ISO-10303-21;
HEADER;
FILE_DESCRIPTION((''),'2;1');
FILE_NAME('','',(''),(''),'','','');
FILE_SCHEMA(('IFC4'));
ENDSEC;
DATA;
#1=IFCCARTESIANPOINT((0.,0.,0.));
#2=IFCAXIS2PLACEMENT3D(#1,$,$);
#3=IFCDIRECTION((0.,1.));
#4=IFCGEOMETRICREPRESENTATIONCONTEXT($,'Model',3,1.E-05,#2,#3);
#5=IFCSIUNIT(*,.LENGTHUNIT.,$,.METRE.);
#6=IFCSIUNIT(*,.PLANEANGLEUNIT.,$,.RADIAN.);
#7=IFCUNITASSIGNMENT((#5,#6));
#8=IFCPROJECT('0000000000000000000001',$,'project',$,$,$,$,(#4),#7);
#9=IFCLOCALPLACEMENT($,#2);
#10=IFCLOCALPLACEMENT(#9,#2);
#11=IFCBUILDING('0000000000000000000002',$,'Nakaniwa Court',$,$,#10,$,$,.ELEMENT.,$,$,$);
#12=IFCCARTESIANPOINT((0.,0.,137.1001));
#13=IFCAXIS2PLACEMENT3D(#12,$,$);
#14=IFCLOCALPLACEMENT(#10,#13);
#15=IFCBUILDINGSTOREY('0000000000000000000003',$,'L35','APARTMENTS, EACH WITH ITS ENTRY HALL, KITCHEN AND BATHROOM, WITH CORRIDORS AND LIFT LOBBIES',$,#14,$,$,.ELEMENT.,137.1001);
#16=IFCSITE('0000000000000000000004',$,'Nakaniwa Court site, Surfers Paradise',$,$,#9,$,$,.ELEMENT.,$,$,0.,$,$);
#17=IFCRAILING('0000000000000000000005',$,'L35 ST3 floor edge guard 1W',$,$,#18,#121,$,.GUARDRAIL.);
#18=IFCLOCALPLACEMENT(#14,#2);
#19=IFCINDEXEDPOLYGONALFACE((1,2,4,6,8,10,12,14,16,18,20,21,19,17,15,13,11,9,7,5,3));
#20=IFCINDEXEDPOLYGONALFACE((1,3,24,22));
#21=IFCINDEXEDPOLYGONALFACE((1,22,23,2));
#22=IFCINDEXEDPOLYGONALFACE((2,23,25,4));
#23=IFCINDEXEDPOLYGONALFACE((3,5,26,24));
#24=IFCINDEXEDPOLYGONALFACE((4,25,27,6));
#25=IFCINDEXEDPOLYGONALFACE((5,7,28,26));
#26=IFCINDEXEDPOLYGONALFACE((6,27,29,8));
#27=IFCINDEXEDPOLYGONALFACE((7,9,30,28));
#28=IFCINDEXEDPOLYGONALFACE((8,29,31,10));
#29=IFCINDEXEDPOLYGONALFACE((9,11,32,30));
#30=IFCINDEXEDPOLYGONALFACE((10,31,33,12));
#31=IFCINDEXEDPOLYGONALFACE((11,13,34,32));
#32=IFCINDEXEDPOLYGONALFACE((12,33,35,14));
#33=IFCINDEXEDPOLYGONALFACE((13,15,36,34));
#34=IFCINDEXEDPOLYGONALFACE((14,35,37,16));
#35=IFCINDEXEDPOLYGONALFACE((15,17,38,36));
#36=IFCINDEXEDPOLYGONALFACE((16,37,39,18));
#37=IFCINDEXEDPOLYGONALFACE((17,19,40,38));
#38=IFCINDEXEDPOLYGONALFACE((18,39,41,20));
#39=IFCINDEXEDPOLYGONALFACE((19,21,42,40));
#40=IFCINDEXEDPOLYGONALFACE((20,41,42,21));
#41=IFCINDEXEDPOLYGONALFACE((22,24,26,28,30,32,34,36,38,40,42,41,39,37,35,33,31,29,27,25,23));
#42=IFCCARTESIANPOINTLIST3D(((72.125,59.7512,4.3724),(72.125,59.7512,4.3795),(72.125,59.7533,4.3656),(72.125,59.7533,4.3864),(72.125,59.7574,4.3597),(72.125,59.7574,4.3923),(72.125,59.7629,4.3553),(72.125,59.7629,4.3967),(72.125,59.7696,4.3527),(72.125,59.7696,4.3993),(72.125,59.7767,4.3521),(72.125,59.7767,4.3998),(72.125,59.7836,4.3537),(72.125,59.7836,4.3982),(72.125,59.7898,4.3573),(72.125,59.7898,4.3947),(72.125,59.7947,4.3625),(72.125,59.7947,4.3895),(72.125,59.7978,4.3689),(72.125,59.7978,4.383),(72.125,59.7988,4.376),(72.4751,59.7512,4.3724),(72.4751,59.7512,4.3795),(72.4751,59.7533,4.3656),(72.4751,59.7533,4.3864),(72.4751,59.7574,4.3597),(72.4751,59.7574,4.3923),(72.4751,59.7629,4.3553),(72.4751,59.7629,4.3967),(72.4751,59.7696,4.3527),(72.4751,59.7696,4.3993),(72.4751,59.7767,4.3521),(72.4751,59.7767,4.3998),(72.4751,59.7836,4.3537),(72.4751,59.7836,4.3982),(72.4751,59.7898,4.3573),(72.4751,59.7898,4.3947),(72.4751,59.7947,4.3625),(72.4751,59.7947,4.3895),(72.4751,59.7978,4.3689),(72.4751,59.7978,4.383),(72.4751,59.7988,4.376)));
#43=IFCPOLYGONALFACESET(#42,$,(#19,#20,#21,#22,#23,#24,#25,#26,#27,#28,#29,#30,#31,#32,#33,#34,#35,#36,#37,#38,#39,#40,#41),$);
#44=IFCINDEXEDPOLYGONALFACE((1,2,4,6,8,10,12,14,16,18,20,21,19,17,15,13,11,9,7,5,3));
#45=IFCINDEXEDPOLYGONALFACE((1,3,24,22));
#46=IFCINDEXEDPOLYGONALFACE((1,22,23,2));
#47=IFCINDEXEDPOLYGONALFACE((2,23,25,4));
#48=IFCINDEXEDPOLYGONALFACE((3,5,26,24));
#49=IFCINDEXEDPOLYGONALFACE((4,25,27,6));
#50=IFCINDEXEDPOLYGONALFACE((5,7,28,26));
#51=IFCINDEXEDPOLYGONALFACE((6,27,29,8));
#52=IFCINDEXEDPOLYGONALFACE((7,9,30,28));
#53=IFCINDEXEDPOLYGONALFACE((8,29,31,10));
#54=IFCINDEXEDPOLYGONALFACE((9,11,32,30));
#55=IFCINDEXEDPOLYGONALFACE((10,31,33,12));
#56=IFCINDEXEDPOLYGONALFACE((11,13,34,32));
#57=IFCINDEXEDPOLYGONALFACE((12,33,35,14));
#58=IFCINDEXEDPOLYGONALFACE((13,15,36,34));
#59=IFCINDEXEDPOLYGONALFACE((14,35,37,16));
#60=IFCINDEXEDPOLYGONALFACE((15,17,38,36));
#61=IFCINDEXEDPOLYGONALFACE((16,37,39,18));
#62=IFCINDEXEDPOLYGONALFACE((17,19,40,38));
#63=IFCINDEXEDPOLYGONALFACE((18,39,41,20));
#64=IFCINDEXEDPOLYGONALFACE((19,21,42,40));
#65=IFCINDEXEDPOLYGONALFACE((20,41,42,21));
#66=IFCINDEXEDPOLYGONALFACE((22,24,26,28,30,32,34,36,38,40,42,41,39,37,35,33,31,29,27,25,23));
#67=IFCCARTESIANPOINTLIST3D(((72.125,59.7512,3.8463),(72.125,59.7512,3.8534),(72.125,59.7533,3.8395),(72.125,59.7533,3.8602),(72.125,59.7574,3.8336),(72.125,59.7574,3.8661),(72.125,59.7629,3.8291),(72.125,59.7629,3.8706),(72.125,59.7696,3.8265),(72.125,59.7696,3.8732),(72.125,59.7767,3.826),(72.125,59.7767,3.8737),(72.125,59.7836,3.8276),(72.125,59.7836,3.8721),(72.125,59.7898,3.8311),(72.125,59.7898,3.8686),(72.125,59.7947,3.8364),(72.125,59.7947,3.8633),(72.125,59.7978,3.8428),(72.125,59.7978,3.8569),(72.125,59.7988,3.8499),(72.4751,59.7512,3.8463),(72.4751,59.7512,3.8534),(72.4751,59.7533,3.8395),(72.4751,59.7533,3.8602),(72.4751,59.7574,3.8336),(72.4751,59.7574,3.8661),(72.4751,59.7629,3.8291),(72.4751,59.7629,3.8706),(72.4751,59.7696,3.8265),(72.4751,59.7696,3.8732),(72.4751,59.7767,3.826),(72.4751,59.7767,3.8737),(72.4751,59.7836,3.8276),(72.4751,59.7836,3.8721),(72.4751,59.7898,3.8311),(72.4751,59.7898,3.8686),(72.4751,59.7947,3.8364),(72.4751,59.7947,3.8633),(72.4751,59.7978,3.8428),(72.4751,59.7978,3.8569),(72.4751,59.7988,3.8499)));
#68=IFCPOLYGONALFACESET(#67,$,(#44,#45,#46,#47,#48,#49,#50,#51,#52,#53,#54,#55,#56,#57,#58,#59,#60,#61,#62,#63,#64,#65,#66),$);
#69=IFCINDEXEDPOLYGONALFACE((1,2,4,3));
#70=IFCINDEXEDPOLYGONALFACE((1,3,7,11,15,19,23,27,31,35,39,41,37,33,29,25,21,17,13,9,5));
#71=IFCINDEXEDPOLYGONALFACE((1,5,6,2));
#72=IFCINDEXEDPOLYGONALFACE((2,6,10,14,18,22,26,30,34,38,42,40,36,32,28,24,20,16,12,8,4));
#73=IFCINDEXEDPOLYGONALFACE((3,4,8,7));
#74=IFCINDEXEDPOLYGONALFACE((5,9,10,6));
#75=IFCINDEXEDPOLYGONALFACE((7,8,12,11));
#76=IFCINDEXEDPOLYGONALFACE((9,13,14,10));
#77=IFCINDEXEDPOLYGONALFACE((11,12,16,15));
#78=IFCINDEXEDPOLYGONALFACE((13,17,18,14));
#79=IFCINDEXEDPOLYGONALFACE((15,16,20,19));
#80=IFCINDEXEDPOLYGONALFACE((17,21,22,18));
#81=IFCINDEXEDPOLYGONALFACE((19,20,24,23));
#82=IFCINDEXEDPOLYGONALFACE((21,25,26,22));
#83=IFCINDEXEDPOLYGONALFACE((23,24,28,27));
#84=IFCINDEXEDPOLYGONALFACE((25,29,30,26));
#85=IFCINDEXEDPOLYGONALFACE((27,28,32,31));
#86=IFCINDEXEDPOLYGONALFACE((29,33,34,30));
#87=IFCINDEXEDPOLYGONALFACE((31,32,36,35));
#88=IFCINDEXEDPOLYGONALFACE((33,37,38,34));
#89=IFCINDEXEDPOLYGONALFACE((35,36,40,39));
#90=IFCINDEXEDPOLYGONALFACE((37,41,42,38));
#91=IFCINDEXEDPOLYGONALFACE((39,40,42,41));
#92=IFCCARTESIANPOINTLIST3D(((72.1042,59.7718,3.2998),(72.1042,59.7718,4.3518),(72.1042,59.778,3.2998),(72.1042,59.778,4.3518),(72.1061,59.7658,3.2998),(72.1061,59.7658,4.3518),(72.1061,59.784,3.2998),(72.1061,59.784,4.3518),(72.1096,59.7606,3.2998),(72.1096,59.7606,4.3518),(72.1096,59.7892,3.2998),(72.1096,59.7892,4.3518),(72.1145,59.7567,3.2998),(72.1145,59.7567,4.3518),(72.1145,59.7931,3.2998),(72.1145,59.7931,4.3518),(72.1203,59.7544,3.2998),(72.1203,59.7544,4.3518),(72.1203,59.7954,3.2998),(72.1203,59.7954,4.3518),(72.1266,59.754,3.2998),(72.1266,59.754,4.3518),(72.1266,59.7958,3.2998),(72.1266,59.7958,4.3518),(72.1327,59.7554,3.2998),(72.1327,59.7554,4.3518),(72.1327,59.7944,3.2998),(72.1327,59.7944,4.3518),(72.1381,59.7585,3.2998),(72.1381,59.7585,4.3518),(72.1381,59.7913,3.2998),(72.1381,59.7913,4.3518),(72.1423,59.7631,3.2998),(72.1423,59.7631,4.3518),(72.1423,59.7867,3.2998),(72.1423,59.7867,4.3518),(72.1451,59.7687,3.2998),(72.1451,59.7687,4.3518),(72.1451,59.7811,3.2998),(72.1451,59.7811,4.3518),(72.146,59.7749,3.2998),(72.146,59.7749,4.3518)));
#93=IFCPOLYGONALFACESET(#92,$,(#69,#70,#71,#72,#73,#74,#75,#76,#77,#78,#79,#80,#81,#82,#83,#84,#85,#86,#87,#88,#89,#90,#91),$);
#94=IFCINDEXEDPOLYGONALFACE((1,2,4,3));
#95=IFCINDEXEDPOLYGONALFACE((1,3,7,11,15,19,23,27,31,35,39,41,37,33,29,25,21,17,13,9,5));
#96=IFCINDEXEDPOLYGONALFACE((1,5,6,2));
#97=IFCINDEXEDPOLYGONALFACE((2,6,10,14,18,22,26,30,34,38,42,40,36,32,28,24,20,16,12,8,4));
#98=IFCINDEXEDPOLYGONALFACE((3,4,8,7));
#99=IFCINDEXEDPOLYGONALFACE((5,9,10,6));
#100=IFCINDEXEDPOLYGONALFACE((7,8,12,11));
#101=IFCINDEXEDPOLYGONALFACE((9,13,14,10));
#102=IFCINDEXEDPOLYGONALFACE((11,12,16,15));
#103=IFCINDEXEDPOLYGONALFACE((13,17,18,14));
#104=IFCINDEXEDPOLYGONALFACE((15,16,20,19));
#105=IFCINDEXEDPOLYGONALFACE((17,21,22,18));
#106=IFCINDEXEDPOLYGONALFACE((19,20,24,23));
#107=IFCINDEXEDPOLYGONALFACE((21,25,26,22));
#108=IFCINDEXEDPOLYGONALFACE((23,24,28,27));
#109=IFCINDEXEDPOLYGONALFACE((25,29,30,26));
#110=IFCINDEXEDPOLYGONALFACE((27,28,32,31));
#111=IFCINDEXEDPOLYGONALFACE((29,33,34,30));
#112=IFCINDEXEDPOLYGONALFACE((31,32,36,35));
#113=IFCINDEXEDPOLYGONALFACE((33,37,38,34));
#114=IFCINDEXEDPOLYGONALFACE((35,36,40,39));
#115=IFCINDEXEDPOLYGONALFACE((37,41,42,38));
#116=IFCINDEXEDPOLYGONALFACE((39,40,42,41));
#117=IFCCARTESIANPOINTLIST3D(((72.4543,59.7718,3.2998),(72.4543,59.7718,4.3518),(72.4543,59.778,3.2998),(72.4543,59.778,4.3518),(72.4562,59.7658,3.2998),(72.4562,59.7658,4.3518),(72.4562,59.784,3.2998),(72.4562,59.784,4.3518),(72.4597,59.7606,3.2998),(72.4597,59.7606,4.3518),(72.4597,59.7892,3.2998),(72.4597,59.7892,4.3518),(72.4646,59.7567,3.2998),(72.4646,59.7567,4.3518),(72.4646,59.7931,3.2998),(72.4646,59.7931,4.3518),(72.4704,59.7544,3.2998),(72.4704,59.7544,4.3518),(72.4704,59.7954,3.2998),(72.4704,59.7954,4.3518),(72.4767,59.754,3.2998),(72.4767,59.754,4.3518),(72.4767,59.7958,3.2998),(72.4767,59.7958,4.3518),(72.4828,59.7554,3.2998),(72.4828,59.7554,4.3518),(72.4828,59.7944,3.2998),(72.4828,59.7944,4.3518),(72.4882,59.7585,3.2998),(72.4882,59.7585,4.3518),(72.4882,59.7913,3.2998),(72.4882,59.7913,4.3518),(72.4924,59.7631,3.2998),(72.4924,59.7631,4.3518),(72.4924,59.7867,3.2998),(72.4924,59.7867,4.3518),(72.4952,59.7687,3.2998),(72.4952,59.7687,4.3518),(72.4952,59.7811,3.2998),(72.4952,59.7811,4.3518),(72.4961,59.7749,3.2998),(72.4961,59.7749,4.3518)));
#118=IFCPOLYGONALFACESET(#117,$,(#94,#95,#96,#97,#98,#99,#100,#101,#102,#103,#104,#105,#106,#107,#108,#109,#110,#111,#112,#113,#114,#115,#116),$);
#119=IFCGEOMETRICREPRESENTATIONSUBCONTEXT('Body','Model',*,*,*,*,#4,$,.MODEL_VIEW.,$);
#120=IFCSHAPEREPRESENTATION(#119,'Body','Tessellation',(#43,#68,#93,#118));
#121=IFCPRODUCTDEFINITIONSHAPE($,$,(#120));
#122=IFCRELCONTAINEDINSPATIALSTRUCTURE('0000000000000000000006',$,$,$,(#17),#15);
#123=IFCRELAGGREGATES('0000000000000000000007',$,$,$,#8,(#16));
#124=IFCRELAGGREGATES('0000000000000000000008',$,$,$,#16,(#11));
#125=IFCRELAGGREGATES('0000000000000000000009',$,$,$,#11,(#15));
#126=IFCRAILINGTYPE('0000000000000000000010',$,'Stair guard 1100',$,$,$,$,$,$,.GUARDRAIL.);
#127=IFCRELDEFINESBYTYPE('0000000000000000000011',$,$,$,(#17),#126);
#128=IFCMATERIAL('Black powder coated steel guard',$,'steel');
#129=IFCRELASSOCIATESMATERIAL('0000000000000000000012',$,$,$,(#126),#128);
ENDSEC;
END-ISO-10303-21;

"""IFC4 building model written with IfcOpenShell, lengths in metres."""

from ifc_helpers import new_model, si_unit, direction, frame, origin, origin_2d, place, context, subcontext, project, spatial, circle, extrude, material, type_object, element, save


model = new_model("IFC4")

# Units and contexts
model_context = context("Model", 3, precision=1e-05, world=origin(), true_north=direction((0.0, 1.0)))
body_context = subcontext(model_context, "Body", "Model", "MODEL_VIEW")
ifc_project = project(units=[si_unit("LENGTHUNIT", "METRE"), si_unit("PLANEANGLEUNIT", "RADIAN")], contexts=[model_context])

# Site, building, storey
site_placement = place(None, origin())
site = spatial("IfcSite", under=ifc_project, at=site_placement, Name="Nakaniwa Court site, Surfers Paradise", CompositionType="ELEMENT", RefElevation=0.0)
building_placement = place(site_placement, origin())
building = spatial("IfcBuilding", under=site, at=building_placement, Name="Nakaniwa Court", CompositionType="ELEMENT")
storey_placement = place(building_placement, frame((0.0, 0.0, 137.1001)))
storey = spatial("IfcBuildingStorey", under=building, at=storey_placement, Name="L35", Description="APARTMENTS, EACH WITH ITS ENTRY HALL, KITCHEN AND BATHROOM, WITH CORRIDORS AND LIFT LOBBIES", CompositionType="ELEMENT", Elevation=137.1001)

# Railing
ifc_material_1 = material(Name="Black powder coated steel guard", Category="steel")
railing_type_1 = type_object("IfcRailingType", Name="Stair guard 1100", PredefinedType="GUARDRAIL", material=ifc_material_1)
for number, where, name in (
    (1, (72.125, 59.7749, 3.2998), "L35 ST3 floor edge guard 1W"),
):
    element("IfcRailing", number, at=place(storey_placement, frame(where)), inside=storey, type_object=railing_type_1, Name=name, PredefinedType="GUARDRAIL", context=body_context, shape_type="SweptSolid", body=[
        extrude(circle(Radius=0.0239, at=origin_2d()), frame((0.0, 0.0, 1.0762), z_axis=(1.0, 0.0, 0.0), x_axis=(0.0, 1.0, 0.0)), (0.0, 0.0, 1.0), 0.3501),
        extrude(circle(Radius=0.0239, at=origin_2d()), frame((0.0, 0.0, 0.55), z_axis=(1.0, 0.0, 0.0), x_axis=(0.0, 1.0, 0.0)), (0.0, 0.0, 1.0), 0.3501),
        extrude(circle(Radius=0.021, at=origin_2d()), origin(), (0.0, 0.0, 1.0), 1.052),
        extrude(circle(Radius=0.021, at=origin_2d()), frame((0.3501, 0.0, 0.0)), (0.0, 0.0, 1.0), 1.052),
    ])

save(model, "model.ifc")
